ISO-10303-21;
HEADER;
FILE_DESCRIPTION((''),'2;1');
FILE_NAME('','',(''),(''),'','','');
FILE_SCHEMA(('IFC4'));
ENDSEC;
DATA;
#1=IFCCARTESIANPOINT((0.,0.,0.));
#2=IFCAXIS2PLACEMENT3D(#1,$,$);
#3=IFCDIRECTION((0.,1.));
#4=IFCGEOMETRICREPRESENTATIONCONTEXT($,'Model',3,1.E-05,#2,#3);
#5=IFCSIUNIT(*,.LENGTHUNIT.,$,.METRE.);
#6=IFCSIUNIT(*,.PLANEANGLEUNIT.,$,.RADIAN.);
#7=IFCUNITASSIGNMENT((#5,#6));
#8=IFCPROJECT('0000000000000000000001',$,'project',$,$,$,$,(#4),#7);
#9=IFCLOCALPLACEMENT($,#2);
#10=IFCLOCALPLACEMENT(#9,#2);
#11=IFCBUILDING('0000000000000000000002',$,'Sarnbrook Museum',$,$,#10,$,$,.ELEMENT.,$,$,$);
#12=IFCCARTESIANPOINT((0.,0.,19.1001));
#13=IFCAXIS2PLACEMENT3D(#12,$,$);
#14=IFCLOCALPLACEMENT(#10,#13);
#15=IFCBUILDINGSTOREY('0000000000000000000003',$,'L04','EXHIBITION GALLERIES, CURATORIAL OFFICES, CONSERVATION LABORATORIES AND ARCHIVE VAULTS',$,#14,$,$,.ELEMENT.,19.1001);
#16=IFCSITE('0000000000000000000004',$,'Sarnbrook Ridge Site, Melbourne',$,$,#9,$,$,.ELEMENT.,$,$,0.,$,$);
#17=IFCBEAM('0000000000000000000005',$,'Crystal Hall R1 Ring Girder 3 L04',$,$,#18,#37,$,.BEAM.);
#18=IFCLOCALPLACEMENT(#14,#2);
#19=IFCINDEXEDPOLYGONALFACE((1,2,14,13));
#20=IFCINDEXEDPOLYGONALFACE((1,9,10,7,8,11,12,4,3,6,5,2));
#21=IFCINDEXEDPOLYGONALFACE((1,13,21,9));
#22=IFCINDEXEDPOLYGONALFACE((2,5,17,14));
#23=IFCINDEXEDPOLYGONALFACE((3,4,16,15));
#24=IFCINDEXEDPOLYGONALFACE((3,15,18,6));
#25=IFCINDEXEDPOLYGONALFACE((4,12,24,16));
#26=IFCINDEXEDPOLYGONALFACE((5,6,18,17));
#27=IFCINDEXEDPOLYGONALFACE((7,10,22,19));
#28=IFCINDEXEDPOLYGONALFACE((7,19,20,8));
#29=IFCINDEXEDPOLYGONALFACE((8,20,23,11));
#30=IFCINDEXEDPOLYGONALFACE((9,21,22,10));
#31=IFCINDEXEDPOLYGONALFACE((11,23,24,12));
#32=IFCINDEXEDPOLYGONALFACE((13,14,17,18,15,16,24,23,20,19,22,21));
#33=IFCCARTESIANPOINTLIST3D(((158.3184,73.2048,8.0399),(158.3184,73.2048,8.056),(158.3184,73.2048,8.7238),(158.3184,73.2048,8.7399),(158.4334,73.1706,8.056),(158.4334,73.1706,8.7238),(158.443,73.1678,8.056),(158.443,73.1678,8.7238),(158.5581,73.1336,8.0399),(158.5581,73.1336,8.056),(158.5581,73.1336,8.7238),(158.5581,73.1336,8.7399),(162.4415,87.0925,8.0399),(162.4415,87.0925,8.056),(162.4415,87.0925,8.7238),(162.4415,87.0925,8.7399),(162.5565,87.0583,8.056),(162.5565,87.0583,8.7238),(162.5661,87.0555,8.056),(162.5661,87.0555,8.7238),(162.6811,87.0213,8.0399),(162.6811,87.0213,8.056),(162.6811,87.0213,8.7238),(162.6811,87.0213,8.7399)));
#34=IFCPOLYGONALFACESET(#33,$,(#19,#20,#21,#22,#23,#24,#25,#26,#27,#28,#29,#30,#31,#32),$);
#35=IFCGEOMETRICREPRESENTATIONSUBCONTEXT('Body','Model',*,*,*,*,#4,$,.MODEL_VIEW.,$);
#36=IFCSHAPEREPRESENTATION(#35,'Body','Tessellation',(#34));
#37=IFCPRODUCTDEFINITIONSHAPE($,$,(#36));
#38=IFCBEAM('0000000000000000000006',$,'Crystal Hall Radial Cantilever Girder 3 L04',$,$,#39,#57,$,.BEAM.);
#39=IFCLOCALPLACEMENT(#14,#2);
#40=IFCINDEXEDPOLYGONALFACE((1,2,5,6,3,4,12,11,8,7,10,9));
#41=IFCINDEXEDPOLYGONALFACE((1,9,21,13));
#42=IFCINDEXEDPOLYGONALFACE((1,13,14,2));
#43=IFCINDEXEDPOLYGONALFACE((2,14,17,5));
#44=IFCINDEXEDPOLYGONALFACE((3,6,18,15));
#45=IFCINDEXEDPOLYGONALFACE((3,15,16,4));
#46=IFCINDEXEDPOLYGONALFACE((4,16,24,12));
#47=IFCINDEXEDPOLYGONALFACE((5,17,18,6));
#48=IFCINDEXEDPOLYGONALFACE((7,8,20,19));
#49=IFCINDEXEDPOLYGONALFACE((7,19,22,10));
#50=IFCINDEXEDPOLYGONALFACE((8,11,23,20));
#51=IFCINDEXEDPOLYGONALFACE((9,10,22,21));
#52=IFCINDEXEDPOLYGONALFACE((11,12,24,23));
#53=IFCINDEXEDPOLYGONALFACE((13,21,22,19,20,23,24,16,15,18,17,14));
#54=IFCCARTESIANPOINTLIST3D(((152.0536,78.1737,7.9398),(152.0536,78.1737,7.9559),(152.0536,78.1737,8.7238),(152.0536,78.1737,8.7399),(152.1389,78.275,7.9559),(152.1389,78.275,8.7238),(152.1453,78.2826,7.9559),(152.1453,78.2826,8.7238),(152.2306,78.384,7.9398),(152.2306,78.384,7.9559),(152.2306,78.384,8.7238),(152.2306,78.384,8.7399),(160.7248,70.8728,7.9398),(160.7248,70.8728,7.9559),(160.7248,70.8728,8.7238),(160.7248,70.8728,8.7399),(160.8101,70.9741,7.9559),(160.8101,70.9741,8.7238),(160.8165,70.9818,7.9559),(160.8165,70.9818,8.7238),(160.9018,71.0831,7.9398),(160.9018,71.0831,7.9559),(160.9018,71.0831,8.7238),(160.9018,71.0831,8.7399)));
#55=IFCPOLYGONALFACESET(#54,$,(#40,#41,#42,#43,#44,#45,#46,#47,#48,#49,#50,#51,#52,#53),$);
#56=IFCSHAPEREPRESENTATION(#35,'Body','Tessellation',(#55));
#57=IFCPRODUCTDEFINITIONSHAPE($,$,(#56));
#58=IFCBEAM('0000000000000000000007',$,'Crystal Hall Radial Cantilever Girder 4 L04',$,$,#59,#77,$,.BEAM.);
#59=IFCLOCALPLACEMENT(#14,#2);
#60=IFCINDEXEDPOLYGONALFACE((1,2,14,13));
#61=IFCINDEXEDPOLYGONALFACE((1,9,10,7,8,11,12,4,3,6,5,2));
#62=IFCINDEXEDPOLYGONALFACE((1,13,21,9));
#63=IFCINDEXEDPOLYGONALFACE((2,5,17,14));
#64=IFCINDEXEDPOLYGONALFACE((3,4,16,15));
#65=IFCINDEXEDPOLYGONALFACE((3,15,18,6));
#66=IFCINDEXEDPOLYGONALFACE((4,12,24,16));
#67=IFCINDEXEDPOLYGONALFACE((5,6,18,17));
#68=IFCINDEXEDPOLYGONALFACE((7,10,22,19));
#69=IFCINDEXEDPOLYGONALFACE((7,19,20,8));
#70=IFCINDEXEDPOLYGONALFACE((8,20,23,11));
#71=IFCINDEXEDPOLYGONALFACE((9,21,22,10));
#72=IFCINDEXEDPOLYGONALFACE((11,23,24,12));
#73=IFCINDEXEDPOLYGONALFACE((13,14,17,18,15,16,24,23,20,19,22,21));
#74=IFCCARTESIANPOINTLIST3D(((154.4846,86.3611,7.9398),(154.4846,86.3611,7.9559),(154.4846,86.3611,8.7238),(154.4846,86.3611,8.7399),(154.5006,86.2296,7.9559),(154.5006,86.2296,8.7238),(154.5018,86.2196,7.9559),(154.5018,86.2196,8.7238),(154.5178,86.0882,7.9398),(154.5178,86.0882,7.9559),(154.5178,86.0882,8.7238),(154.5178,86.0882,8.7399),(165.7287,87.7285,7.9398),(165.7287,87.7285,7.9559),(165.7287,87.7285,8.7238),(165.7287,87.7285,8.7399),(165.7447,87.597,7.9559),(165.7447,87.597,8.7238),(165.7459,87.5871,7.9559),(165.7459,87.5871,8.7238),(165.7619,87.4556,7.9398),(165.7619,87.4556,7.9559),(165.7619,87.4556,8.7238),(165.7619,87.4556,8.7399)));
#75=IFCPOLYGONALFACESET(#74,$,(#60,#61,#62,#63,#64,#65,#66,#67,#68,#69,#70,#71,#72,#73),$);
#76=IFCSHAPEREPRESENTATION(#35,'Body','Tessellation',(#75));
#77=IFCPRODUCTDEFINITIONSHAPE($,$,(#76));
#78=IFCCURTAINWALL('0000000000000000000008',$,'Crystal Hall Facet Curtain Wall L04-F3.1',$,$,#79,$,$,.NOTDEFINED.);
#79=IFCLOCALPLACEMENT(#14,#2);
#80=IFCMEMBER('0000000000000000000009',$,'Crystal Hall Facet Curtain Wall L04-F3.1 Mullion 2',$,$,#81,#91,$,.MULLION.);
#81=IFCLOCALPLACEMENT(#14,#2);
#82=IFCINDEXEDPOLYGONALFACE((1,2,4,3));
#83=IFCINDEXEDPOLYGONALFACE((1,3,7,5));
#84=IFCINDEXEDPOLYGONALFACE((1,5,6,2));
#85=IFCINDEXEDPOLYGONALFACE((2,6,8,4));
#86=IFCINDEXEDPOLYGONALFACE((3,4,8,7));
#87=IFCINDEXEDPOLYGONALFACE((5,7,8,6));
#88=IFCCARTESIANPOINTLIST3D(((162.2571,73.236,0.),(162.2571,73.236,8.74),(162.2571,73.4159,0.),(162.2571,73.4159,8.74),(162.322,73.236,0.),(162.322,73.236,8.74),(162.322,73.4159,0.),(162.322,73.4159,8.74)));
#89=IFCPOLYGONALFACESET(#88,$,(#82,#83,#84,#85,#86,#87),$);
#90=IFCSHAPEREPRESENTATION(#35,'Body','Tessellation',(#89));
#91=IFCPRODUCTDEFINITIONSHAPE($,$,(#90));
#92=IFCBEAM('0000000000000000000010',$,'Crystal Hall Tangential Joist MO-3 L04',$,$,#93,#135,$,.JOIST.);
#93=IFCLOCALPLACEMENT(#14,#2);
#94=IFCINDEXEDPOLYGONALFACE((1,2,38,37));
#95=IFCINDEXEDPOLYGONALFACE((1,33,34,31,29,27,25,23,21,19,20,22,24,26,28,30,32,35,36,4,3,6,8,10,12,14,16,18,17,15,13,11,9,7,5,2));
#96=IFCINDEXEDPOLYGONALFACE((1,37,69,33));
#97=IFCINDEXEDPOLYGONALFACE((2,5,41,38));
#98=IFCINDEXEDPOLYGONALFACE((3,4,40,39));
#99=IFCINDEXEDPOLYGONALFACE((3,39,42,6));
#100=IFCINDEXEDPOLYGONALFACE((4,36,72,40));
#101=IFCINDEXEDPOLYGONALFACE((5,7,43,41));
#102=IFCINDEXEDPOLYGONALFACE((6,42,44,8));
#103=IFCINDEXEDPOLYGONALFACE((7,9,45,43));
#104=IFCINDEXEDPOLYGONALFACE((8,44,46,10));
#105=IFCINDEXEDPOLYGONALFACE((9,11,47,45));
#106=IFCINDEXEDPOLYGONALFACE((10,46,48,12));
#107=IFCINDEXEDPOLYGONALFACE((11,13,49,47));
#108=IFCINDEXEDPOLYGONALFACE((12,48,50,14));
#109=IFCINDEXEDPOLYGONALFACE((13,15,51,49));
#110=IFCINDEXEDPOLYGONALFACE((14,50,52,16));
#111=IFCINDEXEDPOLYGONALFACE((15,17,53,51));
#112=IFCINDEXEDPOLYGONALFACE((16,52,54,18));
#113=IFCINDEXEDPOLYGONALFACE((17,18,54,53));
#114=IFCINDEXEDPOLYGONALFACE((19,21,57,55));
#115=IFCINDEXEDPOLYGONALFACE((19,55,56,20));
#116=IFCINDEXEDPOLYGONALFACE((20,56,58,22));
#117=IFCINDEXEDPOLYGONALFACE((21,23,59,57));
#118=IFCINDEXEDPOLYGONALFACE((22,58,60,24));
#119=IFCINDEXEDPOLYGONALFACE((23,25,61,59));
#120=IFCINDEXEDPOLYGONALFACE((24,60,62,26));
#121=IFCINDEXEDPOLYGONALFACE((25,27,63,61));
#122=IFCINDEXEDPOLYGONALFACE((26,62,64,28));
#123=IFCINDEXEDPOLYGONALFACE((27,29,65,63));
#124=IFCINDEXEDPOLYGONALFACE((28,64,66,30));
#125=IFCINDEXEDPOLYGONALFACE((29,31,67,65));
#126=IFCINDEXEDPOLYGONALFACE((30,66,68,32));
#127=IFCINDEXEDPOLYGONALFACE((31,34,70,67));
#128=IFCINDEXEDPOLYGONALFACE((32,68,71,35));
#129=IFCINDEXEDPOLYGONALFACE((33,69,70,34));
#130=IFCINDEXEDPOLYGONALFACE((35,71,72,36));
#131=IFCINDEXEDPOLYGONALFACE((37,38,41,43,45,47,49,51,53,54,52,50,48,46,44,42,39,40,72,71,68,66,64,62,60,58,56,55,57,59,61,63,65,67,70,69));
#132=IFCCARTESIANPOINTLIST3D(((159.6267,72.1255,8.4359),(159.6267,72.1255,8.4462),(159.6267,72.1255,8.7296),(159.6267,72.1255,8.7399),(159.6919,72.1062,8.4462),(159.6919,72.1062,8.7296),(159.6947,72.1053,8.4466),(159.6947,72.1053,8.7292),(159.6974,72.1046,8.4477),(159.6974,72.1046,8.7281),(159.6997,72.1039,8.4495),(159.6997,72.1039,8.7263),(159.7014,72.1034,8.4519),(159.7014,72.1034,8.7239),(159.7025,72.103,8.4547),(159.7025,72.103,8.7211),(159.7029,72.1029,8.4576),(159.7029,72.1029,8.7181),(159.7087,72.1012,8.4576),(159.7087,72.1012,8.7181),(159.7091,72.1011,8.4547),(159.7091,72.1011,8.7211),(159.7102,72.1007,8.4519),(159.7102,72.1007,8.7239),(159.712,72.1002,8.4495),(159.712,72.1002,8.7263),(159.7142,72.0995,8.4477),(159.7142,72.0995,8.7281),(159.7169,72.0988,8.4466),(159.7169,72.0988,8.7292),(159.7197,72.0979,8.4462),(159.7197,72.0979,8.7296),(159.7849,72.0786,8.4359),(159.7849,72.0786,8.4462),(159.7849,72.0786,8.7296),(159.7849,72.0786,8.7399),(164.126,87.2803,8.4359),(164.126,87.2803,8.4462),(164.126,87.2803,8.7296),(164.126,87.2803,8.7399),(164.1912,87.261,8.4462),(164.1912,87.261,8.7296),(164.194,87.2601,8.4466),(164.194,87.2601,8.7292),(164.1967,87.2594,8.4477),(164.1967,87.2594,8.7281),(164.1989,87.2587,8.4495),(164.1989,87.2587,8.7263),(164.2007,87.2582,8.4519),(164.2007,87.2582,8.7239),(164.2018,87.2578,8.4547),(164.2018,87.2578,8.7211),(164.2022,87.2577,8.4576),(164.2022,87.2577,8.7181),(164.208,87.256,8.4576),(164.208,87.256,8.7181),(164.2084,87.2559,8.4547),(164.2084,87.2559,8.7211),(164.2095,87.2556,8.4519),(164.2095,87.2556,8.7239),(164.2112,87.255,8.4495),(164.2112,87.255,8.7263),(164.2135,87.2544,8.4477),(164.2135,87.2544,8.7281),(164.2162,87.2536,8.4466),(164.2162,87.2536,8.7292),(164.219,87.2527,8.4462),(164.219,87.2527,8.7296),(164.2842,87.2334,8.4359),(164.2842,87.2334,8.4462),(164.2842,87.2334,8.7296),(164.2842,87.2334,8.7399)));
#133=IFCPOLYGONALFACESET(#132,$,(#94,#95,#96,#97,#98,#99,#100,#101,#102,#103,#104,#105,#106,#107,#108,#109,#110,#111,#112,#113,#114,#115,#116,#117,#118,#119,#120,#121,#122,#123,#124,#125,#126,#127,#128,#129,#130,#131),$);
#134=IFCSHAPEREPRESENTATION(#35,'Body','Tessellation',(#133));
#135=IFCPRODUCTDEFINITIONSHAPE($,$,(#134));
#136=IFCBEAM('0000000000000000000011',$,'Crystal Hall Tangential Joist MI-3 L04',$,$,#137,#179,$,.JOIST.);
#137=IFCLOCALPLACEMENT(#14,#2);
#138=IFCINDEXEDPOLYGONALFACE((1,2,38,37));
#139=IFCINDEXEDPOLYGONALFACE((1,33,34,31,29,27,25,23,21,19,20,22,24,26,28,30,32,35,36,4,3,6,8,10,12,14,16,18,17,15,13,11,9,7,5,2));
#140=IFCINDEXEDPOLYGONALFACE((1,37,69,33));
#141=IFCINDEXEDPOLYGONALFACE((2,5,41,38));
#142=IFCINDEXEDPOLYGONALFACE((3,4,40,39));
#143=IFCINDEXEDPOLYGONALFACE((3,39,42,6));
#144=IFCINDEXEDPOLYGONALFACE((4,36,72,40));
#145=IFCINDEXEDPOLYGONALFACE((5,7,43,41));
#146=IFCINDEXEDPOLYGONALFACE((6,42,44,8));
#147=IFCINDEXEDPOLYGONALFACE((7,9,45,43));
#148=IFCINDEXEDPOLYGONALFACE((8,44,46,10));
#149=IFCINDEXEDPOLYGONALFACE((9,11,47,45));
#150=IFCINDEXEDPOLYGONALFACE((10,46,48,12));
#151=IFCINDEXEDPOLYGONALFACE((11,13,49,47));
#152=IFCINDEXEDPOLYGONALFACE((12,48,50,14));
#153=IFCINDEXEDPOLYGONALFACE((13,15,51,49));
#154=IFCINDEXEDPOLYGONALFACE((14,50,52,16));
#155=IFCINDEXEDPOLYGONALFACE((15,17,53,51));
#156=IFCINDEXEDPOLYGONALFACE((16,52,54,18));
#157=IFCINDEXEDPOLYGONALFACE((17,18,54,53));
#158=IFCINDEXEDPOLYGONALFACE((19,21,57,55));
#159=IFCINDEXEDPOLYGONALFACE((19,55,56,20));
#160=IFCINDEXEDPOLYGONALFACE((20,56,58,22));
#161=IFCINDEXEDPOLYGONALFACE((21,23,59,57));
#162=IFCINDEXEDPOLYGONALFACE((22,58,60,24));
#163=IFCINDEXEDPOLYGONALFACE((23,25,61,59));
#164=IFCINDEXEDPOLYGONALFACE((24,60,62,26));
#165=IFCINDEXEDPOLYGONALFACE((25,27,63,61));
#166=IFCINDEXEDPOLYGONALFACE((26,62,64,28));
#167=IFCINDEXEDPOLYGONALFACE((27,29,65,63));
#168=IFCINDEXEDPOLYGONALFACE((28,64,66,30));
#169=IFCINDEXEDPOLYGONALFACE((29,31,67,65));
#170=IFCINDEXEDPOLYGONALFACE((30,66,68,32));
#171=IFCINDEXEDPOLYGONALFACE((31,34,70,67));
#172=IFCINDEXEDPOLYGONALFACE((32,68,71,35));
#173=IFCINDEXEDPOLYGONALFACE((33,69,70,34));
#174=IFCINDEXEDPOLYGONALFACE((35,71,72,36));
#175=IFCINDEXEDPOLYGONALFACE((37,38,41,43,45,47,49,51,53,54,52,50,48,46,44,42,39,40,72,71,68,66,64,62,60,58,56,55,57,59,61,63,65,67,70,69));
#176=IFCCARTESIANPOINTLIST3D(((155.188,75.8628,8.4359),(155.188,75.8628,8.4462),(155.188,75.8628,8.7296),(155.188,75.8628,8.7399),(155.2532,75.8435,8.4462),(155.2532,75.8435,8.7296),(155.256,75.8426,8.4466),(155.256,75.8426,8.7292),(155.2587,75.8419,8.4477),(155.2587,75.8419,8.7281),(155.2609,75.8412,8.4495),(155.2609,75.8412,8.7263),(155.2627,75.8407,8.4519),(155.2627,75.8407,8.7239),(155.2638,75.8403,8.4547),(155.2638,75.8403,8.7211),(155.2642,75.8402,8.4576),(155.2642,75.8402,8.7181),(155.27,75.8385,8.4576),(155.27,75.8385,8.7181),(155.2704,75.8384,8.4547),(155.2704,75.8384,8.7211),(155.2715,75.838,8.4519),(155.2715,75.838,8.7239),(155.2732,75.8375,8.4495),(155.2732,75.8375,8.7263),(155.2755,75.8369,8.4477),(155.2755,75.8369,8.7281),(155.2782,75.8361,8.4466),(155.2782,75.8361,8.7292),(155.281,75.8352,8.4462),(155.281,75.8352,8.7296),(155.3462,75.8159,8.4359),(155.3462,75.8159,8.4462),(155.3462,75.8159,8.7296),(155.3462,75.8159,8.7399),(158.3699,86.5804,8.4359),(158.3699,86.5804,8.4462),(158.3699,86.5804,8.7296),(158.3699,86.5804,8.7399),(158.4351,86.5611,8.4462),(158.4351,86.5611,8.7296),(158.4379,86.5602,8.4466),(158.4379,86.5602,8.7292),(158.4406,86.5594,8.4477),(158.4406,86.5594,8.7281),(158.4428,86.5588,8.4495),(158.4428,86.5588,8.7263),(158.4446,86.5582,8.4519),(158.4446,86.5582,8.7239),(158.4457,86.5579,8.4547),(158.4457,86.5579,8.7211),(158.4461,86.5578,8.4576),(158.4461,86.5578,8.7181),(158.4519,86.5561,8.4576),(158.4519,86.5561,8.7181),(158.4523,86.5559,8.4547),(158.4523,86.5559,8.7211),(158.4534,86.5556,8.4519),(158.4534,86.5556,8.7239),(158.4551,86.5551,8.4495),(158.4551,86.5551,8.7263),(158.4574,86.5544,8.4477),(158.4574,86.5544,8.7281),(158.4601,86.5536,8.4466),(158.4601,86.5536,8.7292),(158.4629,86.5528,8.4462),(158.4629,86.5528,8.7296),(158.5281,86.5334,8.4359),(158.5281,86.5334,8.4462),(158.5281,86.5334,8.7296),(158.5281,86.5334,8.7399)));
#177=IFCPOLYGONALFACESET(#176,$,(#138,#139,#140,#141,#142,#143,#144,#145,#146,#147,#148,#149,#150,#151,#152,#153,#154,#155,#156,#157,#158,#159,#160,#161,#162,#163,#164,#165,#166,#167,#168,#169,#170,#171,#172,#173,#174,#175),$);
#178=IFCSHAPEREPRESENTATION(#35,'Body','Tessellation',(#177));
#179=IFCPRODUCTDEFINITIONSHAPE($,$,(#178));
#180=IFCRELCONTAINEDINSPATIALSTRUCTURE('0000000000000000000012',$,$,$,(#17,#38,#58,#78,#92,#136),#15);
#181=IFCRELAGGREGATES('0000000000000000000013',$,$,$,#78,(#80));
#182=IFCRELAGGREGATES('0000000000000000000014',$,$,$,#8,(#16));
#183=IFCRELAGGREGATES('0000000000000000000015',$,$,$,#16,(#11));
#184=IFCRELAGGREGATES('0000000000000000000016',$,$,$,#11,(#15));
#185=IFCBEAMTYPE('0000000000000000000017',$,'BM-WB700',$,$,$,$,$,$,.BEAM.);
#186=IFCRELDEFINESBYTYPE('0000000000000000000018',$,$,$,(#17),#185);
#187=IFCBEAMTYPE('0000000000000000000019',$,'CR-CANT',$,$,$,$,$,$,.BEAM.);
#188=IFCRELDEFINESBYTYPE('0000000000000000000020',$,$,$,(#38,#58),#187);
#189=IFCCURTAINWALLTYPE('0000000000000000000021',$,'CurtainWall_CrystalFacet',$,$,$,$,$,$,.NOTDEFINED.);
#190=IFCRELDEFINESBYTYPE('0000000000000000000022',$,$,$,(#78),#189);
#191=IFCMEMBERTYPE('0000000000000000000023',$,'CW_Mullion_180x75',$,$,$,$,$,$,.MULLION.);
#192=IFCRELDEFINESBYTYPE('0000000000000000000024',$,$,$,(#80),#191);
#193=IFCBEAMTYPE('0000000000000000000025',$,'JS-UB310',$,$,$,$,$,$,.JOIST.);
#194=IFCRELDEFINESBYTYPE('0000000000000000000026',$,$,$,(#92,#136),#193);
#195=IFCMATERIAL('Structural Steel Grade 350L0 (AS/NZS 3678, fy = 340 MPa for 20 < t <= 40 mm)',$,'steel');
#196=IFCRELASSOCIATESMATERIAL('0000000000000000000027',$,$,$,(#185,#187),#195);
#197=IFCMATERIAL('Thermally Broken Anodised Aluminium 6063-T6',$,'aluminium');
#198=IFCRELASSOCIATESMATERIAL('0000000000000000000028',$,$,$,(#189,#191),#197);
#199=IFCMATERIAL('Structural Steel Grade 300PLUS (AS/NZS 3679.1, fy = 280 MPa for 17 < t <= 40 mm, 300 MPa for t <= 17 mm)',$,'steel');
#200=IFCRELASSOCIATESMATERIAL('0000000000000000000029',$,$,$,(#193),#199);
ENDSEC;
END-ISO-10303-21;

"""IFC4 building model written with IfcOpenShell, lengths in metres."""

from ifc_helpers import new_model, si_unit, direction, frame, origin, origin_2d, place, context, subcontext, project, spatial, rectangle, i_section, extrude, material, material_profile, profile_set, type_object, element, aggregate, save


model = new_model("IFC4")

# Units and contexts
model_context = context("Model", 3, precision=1e-05, world=origin(), true_north=direction((0.0, 1.0)))
body_context = subcontext(model_context, "Body", "Model", "MODEL_VIEW")
ifc_project = project(units=[si_unit("LENGTHUNIT", "METRE"), si_unit("PLANEANGLEUNIT", "RADIAN")], contexts=[model_context])

# Site, building, storey
site_placement = place(None, origin())
site = spatial("IfcSite", under=ifc_project, at=site_placement, Name="Sarnbrook Ridge Site, Melbourne", CompositionType="ELEMENT", RefElevation=0.0)
building_placement = place(site_placement, origin())
building = spatial("IfcBuilding", under=site, at=building_placement, Name="Sarnbrook Museum", CompositionType="ELEMENT")
storey_placement = place(building_placement, frame((0.0, 0.0, 19.1001)))
storey = spatial("IfcBuildingStorey", under=building, at=storey_placement, Name="L04", Description="EXHIBITION GALLERIES, CURATORIAL OFFICES, CONSERVATION LABORATORIES AND ARCHIVE VAULTS", CompositionType="ELEMENT", Elevation=19.1001)

# Shared definitions
ifc_material_1 = material(Name="Structural Steel Grade 350L0 (AS/NZS 3678, fy = 340 MPa for 20 < t <= 40 mm)", Category="steel")

# Beams
ifc_material_2 = material(Name="Structural Steel Grade 300PLUS (AS/NZS 3679.1, fy = 280 MPa for 17 < t <= 40 mm, 300 MPa for t <= 17 mm)", Category="steel")
ifc_material_profile_1 = material_profile(ifc_material_1, i_section(OverallWidth=0.25, OverallDepth=0.7, WebThickness=0.01, FlangeThickness=0.0161, at=origin_2d()), Name="700WB130")
ifc_profile_set_1 = profile_set([ifc_material_profile_1], Name="Structural Steel Grade 350L0 (AS/NZS 3678, fy = 340 MPa for 20 < t <= 40 mm)")
beam_type_1 = type_object("IfcBeamType", Name="BM-WB700", PredefinedType="BEAM", material=ifc_profile_set_1)
beam_1_placement = place(storey_placement, frame((158.4382, 73.1692, 8.3899), z_axis=(0.284607, 0.958644, 0.0), x_axis=(-0.958644, 0.284607, 0.0)))
element("IfcBeam", 1, at=beam_1_placement, inside=storey, type_object=beam_type_1, Name="Crystal Hall R1 Ring Girder 3 L04", PredefinedType="BEAM", context=body_context, shape_type="SweptSolid", body=[
    extrude(i_section(OverallWidth=0.25, OverallDepth=0.7, WebThickness=0.01, FlangeThickness=0.0161, at=origin_2d()), origin(), (0.0, 0.0, 1.0), 14.4868),
])
ifc_material_profile_2 = material_profile(ifc_material_1, i_section(OverallWidth=0.2749, OverallDepth=0.8, WebThickness=0.01, FlangeThickness=0.0161, at=origin_2d()), Name="800WB146")
ifc_profile_set_2 = profile_set([ifc_material_profile_2], Name="Structural Steel Grade 350L0 (AS/NZS 3678, fy = 340 MPa for 20 < t <= 40 mm)")
beam_type_2 = type_object("IfcBeamType", Name="CR-CANT", PredefinedType="BEAM", material=ifc_profile_set_2)
beam_2_placement = place(storey_placement, frame((152.1421, 78.2788, 8.3398), z_axis=(0.764965, -0.644072, 0.0), x_axis=(0.644072, 0.764965, 0.0)))
element("IfcBeam", 2, at=beam_2_placement, inside=storey, type_object=beam_type_2, Name="Crystal Hall Radial Cantilever Girder 3 L04", PredefinedType="BEAM", context=body_context, shape_type="SweptSolid", body=[
    extrude(i_section(OverallWidth=0.2749, OverallDepth=0.8, WebThickness=0.01, FlangeThickness=0.0161, at=origin_2d()), origin(), (0.0, 0.0, 1.0), 11.3354),
])
beam_3_placement = place(storey_placement, frame((154.5012, 86.2246, 8.3398), z_axis=(0.992686, 0.120723, 0.0), x_axis=(-0.120723, 0.992686, 0.0)))
element("IfcBeam", 3, at=beam_3_placement, inside=storey, type_object=beam_type_2, Name="Crystal Hall Radial Cantilever Girder 4 L04", PredefinedType="BEAM", context=body_context, shape_type="SweptSolid", body=[
    extrude(i_section(OverallWidth=0.2749, OverallDepth=0.8, WebThickness=0.01, FlangeThickness=0.0161, at=origin_2d()), origin(), (0.0, 0.0, 1.0), 11.3269),
])

# Curtain wall, member
ifc_material_3 = material(Name="Thermally Broken Anodised Aluminium 6063-T6", Category="aluminium")
curtain_wall_type = type_object("IfcCurtainWallType", Name="CurtainWall_CrystalFacet", PredefinedType="NOTDEFINED", material=ifc_material_3)
curtain_wall_placement = place(storey_placement, origin())
curtain_wall = element("IfcCurtainWall", 4, at=curtain_wall_placement, inside=storey, type_object=curtain_wall_type, Name="Crystal Hall Facet Curtain Wall L04-F3.1", PredefinedType="NOTDEFINED")
ifc_material_profile_3 = material_profile(ifc_material_3, rectangle(XDim=0.0649, YDim=0.1799, at=origin_2d()), Name="ALU MULLION 65x180")
ifc_profile_set_3 = profile_set([ifc_material_profile_3], Name="Thermally Broken Anodised Aluminium 6063-T6")
member_type = type_object("IfcMemberType", Name="CW_Mullion_180x75", PredefinedType="MULLION", material=ifc_profile_set_3)
member_placement = place(storey_placement, frame((162.2896, 73.3259, 0.0), z_axis=(0.0, 0.0, 1.0), x_axis=(1.0, 0.0, 0.0)))
member = element("IfcMember", 5, at=member_placement, type_object=member_type, Name="Crystal Hall Facet Curtain Wall L04-F3.1 Mullion 2", PredefinedType="MULLION", context=body_context, shape_type="SweptSolid", body=[
    extrude(rectangle(XDim=0.0649, YDim=0.1799, at=origin_2d()), origin(), (0.0, 0.0, 1.0), 8.74),
])

# Beams
ifc_material_profile_4 = material_profile(ifc_material_2, i_section(OverallWidth=0.165, OverallDepth=0.304, WebThickness=0.0061, FlangeThickness=0.0103, FilletRadius=0.0115, at=origin_2d()), Name="310UB40.4")
ifc_profile_set_4 = profile_set([ifc_material_profile_4], Name="Structural Steel Grade 300PLUS (AS/NZS 3679.1, fy = 280 MPa for 17 < t <= 40 mm, 300 MPa for t <= 17 mm)")
beam_type_3 = type_object("IfcBeamType", Name="JS-UB310", PredefinedType="JOIST", material=ifc_profile_set_4)
beam_4_placement = place(storey_placement, frame((159.7058, 72.1021, 8.5879), z_axis=(0.284609, 0.958644, 0.0), x_axis=(-0.958644, 0.284609, 0.0)))
element("IfcBeam", 6, at=beam_4_placement, inside=storey, type_object=beam_type_3, Name="Crystal Hall Tangential Joist MO-3 L04", PredefinedType="JOIST", context=body_context, shape_type="SweptSolid", body=[
    extrude(i_section(OverallWidth=0.165, OverallDepth=0.304, WebThickness=0.0061, FlangeThickness=0.0103, FilletRadius=0.0115, at=origin_2d()), origin(), (0.0, 0.0, 1.0), 15.8086),
])
beam_5_placement = place(storey_placement, frame((155.2671, 75.8394, 8.5879), z_axis=(0.284608, 0.958644, 0.0), x_axis=(-0.958644, 0.284608, 0.0)))
element("IfcBeam", 7, at=beam_5_placement, inside=storey, type_object=beam_type_3, Name="Crystal Hall Tangential Joist MI-3 L04", PredefinedType="JOIST", context=body_context, shape_type="SweptSolid", body=[
    extrude(i_section(OverallWidth=0.165, OverallDepth=0.304, WebThickness=0.0061, FlangeThickness=0.0103, FilletRadius=0.0115, at=origin_2d()), origin(), (0.0, 0.0, 1.0), 11.1799),
])

aggregate(curtain_wall, [member])

save(model, "model.ifc")
